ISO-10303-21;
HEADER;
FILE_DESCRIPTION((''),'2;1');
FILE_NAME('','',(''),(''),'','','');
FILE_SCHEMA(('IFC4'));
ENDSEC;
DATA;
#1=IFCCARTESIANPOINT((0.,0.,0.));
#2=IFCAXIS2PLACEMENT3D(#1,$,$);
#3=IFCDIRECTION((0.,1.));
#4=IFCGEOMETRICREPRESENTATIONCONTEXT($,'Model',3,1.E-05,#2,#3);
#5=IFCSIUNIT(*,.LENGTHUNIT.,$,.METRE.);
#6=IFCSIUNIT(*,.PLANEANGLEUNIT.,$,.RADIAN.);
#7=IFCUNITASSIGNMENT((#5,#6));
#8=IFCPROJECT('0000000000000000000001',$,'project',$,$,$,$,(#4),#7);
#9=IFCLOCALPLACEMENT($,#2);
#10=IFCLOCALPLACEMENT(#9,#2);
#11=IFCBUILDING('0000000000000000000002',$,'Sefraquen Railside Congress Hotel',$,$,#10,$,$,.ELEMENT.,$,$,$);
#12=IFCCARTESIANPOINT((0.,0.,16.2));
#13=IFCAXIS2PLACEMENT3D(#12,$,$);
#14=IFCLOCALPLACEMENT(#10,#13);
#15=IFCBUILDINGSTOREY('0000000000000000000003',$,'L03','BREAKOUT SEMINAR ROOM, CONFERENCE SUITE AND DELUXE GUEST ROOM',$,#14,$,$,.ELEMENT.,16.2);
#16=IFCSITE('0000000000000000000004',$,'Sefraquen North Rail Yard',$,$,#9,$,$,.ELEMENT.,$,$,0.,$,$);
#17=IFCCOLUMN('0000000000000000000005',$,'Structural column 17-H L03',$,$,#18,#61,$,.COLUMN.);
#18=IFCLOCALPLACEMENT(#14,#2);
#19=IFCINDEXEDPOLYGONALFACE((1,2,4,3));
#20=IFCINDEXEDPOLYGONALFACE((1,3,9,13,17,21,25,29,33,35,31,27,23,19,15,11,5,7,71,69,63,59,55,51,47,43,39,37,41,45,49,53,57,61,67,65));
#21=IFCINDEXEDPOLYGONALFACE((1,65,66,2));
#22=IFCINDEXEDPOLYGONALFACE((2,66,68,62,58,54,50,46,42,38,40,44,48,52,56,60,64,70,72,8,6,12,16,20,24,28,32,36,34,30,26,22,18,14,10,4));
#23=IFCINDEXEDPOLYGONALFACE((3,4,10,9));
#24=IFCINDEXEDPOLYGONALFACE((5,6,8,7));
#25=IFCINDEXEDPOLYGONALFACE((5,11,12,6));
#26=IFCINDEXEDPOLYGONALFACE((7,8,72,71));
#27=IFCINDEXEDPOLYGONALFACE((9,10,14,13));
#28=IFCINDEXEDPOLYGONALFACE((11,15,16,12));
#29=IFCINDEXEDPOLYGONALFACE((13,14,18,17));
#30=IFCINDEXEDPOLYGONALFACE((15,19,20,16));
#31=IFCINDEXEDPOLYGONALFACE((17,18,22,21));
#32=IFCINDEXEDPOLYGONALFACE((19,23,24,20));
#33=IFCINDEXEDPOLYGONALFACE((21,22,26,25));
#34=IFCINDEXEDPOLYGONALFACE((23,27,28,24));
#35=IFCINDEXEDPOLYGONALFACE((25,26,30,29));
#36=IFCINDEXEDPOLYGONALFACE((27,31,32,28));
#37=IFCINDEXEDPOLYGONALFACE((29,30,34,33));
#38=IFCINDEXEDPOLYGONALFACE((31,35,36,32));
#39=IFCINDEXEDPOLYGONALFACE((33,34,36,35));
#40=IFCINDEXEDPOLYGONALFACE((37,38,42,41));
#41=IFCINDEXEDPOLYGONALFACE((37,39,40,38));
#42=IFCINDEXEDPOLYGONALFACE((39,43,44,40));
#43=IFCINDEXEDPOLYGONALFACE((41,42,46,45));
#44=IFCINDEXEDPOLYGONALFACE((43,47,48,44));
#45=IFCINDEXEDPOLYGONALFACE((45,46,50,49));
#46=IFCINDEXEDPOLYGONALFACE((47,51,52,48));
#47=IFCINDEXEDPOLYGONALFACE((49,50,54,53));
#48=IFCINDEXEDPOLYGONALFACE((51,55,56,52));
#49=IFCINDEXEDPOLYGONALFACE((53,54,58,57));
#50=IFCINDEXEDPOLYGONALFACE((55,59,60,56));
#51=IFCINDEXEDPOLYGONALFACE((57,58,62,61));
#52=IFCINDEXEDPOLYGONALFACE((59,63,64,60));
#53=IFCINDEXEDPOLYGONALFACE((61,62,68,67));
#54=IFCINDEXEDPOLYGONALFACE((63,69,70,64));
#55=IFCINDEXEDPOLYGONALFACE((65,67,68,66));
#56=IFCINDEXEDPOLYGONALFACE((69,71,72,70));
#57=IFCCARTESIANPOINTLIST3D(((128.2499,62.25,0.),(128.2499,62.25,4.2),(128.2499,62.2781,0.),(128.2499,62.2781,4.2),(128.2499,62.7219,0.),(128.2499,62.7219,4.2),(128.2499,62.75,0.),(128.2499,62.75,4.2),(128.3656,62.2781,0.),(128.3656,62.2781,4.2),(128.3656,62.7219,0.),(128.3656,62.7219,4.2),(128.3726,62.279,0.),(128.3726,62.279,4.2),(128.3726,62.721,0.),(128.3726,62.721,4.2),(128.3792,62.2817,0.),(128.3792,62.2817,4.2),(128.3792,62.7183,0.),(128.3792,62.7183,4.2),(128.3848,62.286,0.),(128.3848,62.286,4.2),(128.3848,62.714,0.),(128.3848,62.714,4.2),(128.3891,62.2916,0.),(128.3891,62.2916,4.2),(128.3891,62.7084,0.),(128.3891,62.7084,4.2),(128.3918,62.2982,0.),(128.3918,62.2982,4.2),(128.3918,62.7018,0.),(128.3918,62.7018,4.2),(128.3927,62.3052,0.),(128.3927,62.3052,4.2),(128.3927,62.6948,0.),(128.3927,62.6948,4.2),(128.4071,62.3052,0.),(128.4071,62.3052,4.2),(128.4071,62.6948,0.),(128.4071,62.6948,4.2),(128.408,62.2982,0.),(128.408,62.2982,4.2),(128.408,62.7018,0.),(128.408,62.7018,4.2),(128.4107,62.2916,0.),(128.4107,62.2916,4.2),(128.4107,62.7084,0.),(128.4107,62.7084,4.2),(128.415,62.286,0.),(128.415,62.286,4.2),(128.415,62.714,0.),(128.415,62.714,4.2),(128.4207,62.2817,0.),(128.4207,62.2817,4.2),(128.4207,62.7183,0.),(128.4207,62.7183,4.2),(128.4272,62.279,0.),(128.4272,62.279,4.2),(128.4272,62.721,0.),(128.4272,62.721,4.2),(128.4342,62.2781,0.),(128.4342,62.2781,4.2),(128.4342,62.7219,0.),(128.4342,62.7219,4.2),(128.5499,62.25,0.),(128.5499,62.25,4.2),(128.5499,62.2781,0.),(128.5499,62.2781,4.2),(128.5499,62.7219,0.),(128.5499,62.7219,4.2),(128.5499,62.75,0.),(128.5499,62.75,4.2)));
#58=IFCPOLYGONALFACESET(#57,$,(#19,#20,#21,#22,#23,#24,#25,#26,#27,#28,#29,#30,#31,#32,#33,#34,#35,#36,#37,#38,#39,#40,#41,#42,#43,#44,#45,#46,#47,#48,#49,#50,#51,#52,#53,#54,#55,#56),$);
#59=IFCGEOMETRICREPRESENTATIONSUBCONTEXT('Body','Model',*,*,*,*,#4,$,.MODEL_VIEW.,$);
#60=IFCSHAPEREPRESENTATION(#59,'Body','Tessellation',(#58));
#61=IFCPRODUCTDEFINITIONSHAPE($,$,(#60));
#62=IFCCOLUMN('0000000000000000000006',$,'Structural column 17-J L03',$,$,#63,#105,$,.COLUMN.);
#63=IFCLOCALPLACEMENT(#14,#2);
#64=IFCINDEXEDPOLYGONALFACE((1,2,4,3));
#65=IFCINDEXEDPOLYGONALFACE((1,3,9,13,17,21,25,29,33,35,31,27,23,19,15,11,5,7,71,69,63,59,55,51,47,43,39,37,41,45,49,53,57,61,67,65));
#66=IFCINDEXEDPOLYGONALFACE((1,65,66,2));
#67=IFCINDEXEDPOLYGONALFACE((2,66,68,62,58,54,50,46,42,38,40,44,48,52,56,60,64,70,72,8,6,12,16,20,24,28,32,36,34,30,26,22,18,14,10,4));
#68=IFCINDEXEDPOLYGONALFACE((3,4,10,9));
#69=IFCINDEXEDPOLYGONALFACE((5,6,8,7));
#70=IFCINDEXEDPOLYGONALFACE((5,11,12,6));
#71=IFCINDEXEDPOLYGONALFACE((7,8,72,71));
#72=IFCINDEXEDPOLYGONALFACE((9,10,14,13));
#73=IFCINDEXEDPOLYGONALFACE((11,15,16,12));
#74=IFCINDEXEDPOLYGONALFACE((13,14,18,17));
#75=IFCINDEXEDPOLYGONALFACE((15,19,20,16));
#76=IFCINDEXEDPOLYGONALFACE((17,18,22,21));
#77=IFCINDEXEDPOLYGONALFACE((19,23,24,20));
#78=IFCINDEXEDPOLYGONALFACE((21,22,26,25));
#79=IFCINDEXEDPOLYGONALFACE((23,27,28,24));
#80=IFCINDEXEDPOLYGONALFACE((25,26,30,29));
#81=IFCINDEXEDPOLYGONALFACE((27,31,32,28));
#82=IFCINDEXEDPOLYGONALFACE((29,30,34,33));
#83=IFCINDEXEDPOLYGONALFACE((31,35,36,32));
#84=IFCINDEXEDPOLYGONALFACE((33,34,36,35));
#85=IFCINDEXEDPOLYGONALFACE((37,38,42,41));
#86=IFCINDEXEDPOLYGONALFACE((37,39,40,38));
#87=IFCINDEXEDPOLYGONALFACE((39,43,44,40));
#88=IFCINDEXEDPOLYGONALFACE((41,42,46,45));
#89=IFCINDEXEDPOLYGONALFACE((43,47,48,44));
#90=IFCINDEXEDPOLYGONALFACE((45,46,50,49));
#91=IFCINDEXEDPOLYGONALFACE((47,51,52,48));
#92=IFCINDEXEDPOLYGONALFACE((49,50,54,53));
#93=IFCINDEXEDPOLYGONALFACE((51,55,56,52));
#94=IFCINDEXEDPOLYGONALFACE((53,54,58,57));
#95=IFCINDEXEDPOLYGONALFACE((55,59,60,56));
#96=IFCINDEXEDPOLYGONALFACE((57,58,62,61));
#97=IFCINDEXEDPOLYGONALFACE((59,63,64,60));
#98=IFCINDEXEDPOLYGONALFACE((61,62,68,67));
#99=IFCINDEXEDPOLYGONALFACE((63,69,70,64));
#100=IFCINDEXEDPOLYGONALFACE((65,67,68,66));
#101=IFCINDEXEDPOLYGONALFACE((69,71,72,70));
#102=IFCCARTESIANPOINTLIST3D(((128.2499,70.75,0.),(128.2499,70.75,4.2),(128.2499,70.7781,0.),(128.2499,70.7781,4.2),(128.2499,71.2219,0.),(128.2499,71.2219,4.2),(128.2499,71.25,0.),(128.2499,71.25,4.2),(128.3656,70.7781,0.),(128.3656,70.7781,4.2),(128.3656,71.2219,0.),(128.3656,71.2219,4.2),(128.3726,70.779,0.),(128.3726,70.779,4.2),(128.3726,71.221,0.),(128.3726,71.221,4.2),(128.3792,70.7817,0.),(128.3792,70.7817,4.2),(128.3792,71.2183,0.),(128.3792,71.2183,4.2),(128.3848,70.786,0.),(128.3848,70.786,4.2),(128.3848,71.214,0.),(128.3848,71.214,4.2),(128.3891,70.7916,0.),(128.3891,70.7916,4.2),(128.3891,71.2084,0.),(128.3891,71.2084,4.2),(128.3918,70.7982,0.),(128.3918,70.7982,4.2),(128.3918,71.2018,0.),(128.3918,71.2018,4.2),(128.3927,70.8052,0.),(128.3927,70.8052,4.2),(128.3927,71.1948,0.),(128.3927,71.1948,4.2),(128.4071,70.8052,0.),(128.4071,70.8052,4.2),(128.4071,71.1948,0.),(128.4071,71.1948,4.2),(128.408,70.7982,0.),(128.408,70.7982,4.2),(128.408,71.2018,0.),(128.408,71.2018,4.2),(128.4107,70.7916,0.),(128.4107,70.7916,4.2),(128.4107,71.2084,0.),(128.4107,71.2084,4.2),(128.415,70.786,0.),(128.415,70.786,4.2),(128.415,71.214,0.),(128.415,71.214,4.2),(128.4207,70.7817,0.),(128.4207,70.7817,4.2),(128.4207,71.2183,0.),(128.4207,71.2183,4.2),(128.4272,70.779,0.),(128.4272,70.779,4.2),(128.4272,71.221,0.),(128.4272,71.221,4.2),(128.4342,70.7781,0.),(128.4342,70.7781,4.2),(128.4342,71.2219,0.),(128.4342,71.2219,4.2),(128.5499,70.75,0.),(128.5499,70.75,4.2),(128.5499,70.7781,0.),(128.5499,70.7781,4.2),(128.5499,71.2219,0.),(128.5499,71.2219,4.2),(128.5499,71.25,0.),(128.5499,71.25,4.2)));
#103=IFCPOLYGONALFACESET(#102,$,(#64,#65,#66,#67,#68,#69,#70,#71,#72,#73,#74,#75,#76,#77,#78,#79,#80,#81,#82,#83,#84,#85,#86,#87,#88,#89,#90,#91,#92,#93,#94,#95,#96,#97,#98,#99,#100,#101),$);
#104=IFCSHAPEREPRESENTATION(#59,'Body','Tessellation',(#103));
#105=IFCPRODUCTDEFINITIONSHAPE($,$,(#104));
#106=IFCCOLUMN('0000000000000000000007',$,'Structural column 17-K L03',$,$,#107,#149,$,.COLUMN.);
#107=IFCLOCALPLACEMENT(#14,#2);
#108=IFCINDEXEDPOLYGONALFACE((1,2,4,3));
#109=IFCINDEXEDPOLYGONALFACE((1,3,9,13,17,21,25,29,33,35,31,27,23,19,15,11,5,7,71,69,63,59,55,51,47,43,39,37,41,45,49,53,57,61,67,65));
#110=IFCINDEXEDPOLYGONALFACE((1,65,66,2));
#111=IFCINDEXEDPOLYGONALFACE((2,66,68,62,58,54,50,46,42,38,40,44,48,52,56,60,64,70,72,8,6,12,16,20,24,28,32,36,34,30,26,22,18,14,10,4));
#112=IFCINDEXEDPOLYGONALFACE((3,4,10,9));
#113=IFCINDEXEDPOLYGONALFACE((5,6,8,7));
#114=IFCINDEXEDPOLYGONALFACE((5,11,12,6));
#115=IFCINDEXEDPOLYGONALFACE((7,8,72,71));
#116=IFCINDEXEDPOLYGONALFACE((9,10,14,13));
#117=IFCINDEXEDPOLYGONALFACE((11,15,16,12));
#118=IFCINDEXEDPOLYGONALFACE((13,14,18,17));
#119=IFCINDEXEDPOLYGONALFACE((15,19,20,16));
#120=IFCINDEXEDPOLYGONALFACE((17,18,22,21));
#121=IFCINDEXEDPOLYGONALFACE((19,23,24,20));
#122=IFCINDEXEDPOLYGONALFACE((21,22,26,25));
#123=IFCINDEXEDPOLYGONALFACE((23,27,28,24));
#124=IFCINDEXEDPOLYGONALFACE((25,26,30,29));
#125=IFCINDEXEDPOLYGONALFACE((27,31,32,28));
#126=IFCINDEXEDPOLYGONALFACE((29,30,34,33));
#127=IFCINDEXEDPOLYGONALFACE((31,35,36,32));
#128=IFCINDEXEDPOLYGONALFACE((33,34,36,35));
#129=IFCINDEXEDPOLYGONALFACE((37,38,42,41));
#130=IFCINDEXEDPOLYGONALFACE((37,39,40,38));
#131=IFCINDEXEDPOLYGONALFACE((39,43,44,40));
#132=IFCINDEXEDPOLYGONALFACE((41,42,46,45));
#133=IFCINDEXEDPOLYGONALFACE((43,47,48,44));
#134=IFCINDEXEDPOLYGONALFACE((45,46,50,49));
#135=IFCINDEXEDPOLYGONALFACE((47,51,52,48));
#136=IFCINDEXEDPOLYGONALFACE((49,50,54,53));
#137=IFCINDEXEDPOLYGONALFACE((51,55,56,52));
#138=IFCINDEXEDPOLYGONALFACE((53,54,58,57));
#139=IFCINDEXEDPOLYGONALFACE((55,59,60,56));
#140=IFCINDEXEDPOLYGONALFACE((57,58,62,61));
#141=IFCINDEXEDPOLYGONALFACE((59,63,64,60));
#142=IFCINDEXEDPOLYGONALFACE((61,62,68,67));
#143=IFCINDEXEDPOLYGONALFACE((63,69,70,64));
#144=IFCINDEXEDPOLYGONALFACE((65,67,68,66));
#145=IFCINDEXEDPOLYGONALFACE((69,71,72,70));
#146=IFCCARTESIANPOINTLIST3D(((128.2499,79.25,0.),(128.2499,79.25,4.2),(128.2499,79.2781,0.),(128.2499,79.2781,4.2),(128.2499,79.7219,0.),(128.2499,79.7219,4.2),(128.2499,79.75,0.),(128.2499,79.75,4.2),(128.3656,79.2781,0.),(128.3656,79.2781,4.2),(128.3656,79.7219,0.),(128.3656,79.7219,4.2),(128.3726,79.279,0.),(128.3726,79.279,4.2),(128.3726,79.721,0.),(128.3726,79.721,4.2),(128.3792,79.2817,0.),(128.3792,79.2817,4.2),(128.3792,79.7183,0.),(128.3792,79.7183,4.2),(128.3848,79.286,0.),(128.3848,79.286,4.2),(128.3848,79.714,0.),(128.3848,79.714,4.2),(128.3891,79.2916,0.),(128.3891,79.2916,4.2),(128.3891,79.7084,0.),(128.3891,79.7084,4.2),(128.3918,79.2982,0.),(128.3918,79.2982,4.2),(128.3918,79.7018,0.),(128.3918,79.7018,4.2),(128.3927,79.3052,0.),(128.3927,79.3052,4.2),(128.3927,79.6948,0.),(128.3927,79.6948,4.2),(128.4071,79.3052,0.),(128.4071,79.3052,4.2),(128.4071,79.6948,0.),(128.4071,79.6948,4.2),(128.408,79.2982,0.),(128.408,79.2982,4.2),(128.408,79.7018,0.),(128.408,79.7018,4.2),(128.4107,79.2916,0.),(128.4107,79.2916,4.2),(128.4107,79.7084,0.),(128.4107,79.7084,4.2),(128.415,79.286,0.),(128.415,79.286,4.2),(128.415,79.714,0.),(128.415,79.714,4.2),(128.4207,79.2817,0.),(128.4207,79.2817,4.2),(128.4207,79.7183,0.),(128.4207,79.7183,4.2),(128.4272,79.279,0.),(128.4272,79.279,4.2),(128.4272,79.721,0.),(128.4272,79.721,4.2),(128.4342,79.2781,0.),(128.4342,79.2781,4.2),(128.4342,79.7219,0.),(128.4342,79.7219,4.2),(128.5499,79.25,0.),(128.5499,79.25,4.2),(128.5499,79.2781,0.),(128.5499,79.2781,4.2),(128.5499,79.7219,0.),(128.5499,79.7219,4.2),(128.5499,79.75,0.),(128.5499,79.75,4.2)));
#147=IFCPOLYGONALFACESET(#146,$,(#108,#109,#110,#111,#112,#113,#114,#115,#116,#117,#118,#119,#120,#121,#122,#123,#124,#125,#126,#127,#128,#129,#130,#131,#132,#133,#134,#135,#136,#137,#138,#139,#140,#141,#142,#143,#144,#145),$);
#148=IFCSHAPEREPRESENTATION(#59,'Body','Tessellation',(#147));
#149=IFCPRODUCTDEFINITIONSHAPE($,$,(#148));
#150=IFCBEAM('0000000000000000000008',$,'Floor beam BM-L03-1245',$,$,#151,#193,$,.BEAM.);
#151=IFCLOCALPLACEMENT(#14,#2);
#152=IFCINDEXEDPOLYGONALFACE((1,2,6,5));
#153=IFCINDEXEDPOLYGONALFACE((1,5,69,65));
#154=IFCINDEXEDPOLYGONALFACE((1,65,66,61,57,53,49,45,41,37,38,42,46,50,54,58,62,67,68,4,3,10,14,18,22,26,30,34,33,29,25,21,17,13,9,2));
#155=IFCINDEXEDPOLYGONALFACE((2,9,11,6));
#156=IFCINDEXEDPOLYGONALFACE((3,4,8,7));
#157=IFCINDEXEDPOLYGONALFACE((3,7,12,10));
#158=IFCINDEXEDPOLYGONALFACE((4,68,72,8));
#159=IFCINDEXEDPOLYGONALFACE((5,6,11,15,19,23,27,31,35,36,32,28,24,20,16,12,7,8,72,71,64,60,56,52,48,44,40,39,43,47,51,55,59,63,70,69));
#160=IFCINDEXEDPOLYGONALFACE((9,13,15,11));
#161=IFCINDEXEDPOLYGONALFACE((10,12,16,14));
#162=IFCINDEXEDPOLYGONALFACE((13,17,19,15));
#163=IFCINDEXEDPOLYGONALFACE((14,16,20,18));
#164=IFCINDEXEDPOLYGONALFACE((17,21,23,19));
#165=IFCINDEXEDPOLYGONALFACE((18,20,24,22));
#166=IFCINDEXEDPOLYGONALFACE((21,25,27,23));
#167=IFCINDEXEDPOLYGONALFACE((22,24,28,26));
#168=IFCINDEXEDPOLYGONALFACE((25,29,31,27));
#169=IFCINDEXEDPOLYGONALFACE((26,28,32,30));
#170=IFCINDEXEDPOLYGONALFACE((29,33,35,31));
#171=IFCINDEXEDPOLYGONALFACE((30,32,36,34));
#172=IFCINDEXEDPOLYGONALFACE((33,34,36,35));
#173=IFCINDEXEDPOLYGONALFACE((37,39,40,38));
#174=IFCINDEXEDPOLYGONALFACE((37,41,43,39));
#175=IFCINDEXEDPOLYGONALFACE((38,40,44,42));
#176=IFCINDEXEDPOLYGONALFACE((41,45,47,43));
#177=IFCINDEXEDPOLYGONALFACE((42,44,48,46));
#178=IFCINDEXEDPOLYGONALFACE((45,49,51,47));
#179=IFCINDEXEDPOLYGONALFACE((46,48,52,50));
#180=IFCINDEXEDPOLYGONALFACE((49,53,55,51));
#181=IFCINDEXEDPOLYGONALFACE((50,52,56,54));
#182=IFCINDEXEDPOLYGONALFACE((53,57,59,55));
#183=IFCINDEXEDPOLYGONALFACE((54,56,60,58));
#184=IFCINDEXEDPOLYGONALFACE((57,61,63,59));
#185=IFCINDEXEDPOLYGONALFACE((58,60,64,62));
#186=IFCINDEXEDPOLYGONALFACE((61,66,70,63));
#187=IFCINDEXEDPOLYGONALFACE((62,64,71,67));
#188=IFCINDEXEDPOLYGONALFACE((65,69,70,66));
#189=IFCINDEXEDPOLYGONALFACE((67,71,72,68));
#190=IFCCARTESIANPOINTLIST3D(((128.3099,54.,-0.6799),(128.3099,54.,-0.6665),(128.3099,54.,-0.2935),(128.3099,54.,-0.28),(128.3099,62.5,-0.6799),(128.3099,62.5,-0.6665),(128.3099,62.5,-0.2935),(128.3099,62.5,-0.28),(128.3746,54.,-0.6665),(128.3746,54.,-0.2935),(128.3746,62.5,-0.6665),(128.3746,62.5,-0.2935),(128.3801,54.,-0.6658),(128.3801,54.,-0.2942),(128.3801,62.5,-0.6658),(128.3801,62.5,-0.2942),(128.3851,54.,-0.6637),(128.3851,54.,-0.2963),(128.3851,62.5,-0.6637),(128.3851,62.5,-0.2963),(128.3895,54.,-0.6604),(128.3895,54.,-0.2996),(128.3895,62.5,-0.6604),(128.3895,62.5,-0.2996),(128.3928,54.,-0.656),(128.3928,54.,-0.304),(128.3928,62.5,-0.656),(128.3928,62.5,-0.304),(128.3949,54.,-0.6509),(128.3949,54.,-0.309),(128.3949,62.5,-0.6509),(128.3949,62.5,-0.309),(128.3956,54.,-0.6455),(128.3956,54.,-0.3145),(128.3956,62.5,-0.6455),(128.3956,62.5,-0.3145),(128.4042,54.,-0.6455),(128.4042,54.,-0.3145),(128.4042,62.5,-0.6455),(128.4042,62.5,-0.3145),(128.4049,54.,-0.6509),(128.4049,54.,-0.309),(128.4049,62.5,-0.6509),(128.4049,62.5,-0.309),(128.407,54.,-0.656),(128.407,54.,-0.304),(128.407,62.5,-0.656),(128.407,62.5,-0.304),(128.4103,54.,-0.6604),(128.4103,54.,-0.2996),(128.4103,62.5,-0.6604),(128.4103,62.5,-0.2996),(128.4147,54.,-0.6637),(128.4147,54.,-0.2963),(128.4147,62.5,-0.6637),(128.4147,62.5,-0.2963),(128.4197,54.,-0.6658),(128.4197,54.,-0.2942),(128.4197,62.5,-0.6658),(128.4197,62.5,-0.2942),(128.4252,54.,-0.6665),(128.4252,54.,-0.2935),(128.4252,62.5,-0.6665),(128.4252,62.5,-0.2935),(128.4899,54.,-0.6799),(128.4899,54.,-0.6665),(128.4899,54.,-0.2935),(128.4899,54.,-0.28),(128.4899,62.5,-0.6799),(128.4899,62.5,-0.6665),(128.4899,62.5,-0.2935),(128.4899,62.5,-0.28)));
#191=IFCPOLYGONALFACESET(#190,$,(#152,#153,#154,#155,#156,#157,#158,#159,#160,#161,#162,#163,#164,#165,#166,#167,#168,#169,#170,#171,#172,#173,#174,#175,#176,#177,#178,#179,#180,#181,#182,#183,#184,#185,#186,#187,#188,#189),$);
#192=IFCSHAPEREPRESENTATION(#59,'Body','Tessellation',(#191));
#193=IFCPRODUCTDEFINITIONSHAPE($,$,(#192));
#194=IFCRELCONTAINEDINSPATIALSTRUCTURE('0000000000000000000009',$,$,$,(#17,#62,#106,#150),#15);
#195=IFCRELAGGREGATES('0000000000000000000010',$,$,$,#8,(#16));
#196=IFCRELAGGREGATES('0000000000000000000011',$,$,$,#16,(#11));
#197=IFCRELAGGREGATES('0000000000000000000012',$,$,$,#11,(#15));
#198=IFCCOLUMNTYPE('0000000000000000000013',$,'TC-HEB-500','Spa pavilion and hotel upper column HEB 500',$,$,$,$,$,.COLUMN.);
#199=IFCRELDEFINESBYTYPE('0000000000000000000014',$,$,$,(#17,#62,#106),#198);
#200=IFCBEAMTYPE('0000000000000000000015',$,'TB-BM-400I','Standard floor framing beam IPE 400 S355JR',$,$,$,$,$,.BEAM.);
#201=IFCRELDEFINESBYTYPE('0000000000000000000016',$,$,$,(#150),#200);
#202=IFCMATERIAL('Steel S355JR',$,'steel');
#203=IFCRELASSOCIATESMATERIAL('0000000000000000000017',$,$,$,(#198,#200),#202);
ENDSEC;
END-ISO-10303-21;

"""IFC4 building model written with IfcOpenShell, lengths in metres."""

from ifc_helpers import new_model, si_unit, direction, frame, origin, origin_2d, place, context, subcontext, project, spatial, i_section, extrude, material, material_profile, profile_set, type_object, element, save


model = new_model("IFC4")

# Units and contexts
model_context = context("Model", 3, precision=1e-05, world=origin(), true_north=direction((0.0, 1.0)))
body_context = subcontext(model_context, "Body", "Model", "MODEL_VIEW")
ifc_project = project(units=[si_unit("LENGTHUNIT", "METRE"), si_unit("PLANEANGLEUNIT", "RADIAN")], contexts=[model_context])

# Site, building, storey
site_placement = place(None, origin())
site = spatial("IfcSite", under=ifc_project, at=site_placement, Name="Sefraquen North Rail Yard", CompositionType="ELEMENT", RefElevation=0.0)
building_placement = place(site_placement, origin())
building = spatial("IfcBuilding", under=site, at=building_placement, Name="Sefraquen Railside Congress Hotel", CompositionType="ELEMENT")
storey_placement = place(building_placement, frame((0.0, 0.0, 16.2)))
storey = spatial("IfcBuildingStorey", under=building, at=storey_placement, Name="L03", Description="BREAKOUT SEMINAR ROOM, CONFERENCE SUITE AND DELUXE GUEST ROOM", CompositionType="ELEMENT", Elevation=16.2)

# Columns
ifc_material_1 = material(Name="Steel S355JR", Category="steel")
ifc_material_profile_1 = material_profile(ifc_material_1, i_section(OverallWidth=0.3, OverallDepth=0.5, WebThickness=0.0144, FlangeThickness=0.0281, FilletRadius=0.0271, at=origin_2d()), Name="HEB 500")
ifc_profile_set_1 = profile_set([ifc_material_profile_1], Name="Steel S355JR")
column_type = type_object("IfcColumnType", Name="TC-HEB-500", Description="Spa pavilion and hotel upper column HEB 500", PredefinedType="COLUMN", material=ifc_profile_set_1)
for number, where, z_axis, x_axis, name in (
    (1, (128.3999, 62.5, 0.0), (0.0, 0.0, 1.0), (1.0, 0.0, 0.0), "Structural column 17-H L03"),
    (2, (128.3999, 71.0, 0.0), (0.0, 0.0, 1.0), (1.0, 0.0, 0.0), "Structural column 17-J L03"),
    (3, (128.3999, 79.5, 0.0), (0.0, 0.0, 1.0), (1.0, 0.0, 0.0), "Structural column 17-K L03"),
):
    element("IfcColumn", number, at=place(storey_placement, frame(where, z_axis=z_axis, x_axis=x_axis)), inside=storey, type_object=column_type, Name=name, PredefinedType="COLUMN", context=body_context, shape_type="SweptSolid", body=[
        extrude(i_section(OverallWidth=0.3, OverallDepth=0.5, WebThickness=0.0144, FlangeThickness=0.0281, FilletRadius=0.0271, at=origin_2d()), origin(), (0.0, 0.0, 1.0), 4.2),
    ])

# Beam
ifc_material_profile_2 = material_profile(ifc_material_1, i_section(OverallWidth=0.1799, OverallDepth=0.3999, WebThickness=0.0085, FlangeThickness=0.0134, FilletRadius=0.021, at=origin_2d()), Name="IPE 400")
ifc_profile_set_2 = profile_set([ifc_material_profile_2], Name="Steel S355JR")
beam_type_1 = type_object("IfcBeamType", Name="TB-BM-400I", Description="Standard floor framing beam IPE 400 S355JR", PredefinedType="BEAM", material=ifc_profile_set_2)
for number, where, z_axis, x_axis, name in (
    (4, (128.3999, 54.0, -0.48), (0.0, 1.0, 0.0), (-1.0, 0.0, 0.0), "Floor beam BM-L03-1245"),
):
    element("IfcBeam", number, at=place(storey_placement, frame(where, z_axis=z_axis, x_axis=x_axis)), inside=storey, type_object=beam_type_1, Name=name, PredefinedType="BEAM", context=body_context, shape_type="SweptSolid", body=[
        extrude(i_section(OverallWidth=0.1799, OverallDepth=0.3999, WebThickness=0.0085, FlangeThickness=0.0134, FilletRadius=0.021, at=origin_2d()), origin(), (0.0, 0.0, 1.0), 8.5),
    ])

save(model, "model.ifc")
